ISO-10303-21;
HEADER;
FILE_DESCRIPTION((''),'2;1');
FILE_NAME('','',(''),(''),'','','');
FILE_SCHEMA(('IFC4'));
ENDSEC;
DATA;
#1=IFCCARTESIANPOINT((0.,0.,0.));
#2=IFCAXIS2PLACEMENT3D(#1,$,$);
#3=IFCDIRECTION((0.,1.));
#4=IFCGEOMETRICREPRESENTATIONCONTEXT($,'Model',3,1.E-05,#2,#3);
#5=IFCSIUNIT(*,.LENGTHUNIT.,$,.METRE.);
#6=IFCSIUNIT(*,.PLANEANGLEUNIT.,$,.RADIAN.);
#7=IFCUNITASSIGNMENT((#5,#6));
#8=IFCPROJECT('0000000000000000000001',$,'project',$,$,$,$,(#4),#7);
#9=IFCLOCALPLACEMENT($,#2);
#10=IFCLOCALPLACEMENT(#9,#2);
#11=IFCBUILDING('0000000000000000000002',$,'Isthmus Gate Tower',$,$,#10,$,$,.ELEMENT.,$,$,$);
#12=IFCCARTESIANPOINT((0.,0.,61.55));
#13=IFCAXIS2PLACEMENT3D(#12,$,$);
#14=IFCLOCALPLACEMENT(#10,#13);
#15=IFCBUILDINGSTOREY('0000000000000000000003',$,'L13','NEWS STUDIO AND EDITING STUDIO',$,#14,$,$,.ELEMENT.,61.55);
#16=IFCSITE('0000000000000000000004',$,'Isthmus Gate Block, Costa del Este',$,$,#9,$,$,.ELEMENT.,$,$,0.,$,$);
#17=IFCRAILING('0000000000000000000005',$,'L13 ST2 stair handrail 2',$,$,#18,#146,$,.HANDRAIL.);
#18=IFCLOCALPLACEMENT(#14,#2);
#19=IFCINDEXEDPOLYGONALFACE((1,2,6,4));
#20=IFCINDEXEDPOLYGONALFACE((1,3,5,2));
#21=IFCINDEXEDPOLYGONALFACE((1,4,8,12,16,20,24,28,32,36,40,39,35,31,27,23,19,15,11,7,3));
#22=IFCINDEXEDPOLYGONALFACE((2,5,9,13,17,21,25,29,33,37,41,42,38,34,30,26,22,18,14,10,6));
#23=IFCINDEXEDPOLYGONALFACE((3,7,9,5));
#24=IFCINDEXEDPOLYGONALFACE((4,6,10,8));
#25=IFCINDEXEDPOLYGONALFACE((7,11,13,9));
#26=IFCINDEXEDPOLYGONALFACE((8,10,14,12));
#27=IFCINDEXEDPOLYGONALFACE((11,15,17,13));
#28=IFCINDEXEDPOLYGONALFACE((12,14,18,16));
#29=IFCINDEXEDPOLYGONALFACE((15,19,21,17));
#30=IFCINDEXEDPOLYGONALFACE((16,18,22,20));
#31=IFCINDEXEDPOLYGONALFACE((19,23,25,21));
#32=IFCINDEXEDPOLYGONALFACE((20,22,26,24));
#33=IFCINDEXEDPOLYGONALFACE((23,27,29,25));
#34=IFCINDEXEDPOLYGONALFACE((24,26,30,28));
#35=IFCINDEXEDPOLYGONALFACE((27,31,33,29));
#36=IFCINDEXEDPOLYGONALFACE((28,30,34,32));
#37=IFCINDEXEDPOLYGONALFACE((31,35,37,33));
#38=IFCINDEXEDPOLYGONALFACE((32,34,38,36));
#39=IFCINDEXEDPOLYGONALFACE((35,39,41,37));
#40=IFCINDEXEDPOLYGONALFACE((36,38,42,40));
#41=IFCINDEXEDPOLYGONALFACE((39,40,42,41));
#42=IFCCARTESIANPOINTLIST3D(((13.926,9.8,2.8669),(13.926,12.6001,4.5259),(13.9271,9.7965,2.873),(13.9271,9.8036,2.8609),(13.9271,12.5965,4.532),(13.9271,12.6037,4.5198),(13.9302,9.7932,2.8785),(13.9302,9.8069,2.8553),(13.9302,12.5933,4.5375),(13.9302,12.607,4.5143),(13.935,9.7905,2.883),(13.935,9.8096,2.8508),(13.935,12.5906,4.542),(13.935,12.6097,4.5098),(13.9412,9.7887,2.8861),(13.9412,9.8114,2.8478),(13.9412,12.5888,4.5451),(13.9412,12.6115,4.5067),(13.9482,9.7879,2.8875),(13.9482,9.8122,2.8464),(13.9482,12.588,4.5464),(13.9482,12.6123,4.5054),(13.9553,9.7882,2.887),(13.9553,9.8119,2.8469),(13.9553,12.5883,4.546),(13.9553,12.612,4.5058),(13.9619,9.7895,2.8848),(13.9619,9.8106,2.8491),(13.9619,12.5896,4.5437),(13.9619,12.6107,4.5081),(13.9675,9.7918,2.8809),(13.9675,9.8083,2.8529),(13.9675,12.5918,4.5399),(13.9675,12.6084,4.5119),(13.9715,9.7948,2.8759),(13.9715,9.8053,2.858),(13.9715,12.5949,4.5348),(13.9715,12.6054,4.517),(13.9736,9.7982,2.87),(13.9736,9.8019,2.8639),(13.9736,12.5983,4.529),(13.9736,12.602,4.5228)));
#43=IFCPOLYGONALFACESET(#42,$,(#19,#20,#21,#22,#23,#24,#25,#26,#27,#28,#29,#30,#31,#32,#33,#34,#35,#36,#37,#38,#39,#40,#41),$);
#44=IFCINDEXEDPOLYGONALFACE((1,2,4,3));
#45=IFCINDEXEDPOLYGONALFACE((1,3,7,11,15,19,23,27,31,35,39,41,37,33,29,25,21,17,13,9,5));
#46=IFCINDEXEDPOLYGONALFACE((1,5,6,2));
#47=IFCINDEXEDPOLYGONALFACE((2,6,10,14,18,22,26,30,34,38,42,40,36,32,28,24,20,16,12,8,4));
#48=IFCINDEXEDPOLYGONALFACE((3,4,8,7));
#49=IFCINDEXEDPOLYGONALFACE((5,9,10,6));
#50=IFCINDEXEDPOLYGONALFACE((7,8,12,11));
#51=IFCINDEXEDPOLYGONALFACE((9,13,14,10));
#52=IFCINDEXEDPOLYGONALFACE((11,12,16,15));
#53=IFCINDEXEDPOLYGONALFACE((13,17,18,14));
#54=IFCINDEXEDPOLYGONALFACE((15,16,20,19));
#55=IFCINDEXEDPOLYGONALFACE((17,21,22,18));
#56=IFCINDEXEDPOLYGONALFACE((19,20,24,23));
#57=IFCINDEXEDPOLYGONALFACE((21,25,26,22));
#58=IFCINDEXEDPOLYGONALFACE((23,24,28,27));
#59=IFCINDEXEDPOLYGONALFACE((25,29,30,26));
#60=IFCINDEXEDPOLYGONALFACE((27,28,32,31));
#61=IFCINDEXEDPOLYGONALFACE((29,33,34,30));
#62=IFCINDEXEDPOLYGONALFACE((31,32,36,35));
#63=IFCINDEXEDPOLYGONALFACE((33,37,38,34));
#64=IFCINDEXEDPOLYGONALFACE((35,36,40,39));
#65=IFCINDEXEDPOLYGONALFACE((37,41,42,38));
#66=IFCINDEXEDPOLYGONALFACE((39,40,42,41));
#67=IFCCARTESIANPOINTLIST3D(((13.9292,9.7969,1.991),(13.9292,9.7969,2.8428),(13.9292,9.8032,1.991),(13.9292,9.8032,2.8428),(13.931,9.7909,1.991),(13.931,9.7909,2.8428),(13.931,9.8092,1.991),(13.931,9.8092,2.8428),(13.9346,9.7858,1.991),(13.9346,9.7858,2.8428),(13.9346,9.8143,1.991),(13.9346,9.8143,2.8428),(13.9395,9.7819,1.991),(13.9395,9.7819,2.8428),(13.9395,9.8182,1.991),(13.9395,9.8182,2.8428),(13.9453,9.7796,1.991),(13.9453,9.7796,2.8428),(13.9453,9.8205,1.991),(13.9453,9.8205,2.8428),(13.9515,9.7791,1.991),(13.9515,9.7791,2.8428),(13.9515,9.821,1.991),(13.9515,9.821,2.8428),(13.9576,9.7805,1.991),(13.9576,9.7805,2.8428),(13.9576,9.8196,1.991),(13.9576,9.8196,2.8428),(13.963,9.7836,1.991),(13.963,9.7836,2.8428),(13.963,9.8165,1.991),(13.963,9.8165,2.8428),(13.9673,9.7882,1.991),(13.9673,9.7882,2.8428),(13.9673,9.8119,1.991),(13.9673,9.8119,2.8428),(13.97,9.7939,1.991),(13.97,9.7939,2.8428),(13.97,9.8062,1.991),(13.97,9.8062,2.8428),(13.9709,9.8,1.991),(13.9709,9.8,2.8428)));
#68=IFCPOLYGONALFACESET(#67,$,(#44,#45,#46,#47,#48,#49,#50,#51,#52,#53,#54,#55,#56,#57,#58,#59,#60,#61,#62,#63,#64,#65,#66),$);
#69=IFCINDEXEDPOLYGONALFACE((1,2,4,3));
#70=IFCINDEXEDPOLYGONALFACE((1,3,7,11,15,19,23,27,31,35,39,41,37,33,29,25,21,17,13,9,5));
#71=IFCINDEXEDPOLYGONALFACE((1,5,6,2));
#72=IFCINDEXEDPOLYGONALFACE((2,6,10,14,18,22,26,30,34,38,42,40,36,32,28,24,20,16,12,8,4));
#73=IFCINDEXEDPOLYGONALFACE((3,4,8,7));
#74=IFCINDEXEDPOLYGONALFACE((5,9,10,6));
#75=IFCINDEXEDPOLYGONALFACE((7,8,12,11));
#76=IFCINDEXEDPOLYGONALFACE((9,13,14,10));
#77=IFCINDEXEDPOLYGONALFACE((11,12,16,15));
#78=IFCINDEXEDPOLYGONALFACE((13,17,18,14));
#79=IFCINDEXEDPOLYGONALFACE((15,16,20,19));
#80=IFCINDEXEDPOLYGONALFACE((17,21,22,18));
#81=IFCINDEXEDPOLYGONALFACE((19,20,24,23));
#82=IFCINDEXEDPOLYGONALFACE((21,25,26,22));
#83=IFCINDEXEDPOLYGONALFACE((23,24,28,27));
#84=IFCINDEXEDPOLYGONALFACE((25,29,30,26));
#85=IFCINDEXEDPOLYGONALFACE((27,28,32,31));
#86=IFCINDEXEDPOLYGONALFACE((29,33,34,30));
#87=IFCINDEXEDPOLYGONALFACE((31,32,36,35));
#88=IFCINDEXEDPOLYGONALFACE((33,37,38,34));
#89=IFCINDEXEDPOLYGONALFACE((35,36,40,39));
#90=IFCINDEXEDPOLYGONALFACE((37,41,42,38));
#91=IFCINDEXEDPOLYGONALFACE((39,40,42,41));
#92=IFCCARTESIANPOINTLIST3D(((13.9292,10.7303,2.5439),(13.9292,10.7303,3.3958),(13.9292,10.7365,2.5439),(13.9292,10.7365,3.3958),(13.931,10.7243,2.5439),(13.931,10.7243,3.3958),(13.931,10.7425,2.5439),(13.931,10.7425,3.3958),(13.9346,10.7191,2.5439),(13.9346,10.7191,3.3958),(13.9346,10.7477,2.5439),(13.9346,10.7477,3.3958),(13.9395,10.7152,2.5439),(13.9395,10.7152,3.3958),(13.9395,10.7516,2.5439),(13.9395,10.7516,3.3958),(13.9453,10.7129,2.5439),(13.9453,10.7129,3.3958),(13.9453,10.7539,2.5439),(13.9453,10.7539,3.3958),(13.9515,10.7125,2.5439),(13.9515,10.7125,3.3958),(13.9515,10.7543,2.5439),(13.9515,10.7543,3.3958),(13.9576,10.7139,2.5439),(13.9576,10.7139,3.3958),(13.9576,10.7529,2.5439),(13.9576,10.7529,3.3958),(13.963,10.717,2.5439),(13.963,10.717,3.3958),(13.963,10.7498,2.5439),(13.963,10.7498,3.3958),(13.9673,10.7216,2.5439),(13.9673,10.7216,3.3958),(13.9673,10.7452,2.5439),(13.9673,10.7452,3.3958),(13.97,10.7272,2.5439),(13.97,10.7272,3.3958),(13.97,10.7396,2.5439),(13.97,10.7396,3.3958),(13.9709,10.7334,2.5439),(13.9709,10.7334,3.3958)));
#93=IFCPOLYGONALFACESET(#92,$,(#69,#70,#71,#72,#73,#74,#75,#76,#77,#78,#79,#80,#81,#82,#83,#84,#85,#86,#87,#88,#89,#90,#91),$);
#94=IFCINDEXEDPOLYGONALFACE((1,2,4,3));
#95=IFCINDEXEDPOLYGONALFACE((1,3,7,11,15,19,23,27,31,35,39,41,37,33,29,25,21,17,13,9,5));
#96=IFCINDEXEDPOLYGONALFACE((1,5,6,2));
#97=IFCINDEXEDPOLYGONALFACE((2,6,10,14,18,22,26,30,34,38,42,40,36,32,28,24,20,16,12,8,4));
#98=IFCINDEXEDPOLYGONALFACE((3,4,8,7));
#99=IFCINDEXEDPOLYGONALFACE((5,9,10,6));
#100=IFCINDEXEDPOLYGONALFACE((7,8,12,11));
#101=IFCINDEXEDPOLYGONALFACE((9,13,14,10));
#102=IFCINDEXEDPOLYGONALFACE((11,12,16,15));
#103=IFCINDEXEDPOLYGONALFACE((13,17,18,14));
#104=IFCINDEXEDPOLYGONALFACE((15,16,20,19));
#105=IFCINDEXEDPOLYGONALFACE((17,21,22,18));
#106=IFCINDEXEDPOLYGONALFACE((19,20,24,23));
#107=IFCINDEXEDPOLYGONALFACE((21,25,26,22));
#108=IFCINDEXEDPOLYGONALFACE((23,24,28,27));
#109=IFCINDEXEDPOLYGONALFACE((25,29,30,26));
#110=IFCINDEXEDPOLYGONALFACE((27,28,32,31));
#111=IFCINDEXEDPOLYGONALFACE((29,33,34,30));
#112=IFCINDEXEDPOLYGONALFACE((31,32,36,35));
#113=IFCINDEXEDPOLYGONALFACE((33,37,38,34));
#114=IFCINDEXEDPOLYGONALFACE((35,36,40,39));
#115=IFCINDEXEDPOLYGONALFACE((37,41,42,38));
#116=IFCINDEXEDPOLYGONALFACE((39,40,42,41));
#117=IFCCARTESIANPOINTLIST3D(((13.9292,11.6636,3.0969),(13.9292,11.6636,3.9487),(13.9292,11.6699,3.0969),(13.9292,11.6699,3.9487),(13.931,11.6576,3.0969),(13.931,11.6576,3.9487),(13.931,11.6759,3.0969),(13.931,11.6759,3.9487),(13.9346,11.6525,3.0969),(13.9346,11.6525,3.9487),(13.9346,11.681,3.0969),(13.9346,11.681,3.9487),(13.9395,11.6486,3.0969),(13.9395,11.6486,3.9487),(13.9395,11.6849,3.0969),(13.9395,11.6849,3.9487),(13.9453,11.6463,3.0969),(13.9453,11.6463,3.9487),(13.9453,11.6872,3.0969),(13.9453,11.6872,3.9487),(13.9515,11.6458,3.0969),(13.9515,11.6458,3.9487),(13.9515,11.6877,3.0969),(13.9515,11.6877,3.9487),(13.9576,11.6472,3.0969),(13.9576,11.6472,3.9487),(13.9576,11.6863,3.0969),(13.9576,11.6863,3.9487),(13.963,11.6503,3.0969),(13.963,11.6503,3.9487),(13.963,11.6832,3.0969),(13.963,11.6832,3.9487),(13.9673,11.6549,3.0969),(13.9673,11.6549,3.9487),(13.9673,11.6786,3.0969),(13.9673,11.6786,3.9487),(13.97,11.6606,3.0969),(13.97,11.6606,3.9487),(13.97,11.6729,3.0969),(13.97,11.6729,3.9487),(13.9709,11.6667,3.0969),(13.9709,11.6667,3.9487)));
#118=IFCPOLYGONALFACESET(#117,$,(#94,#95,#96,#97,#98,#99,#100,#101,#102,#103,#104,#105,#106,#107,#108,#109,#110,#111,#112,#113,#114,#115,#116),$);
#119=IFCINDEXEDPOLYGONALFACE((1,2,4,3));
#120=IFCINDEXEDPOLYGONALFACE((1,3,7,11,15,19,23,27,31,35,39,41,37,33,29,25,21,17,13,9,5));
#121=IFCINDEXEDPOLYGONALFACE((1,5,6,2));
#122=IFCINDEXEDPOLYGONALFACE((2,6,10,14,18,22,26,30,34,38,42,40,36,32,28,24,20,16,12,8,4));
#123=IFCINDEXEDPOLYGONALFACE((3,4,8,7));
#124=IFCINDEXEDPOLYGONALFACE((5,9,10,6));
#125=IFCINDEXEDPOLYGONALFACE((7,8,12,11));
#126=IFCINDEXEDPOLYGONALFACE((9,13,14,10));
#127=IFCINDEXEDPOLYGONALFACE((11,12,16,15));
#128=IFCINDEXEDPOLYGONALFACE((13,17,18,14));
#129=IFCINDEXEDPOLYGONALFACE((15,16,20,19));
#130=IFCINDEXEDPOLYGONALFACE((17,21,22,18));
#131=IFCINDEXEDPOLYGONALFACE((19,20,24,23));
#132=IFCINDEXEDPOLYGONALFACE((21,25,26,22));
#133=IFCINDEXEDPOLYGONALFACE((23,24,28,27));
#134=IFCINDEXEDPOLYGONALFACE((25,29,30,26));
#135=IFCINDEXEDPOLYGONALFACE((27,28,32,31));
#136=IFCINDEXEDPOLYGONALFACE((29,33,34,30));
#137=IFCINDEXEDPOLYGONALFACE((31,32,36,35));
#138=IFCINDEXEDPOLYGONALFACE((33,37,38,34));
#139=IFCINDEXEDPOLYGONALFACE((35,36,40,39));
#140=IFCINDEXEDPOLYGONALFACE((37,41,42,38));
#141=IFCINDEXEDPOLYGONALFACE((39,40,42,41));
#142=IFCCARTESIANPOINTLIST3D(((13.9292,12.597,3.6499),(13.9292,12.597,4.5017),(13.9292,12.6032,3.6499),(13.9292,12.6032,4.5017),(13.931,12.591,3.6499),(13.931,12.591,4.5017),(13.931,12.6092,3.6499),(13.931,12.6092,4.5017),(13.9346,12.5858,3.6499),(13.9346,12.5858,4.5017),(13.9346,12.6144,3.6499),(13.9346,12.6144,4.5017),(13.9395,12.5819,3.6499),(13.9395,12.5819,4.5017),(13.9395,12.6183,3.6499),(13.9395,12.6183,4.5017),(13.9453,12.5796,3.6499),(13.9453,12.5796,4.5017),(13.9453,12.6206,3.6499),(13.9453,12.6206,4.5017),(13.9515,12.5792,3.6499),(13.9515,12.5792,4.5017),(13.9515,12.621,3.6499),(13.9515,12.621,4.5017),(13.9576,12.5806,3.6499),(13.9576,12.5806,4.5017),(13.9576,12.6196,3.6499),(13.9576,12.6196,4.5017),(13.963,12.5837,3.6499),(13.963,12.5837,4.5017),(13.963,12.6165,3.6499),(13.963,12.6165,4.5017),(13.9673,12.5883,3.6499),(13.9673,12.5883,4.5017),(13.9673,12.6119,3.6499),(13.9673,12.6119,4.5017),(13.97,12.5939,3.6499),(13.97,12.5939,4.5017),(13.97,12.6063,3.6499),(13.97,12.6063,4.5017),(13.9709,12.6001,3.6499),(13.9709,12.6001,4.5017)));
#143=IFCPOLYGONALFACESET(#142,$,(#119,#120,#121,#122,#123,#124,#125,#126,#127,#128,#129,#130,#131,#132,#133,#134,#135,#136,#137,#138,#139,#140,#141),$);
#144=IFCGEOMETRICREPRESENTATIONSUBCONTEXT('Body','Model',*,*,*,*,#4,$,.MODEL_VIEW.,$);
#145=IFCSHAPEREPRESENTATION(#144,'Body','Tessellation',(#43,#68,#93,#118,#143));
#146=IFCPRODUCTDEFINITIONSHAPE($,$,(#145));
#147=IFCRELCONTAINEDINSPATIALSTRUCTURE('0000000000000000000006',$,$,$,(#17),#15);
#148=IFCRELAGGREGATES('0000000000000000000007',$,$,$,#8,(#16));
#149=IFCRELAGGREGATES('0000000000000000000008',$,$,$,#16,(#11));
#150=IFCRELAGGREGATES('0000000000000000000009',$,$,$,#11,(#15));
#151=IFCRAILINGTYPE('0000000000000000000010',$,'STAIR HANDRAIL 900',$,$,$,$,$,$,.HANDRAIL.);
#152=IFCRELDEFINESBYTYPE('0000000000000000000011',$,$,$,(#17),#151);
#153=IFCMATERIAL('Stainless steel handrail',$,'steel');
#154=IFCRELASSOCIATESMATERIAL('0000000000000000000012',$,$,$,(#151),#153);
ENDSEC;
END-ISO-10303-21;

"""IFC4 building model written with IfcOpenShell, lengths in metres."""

from ifc_helpers import new_model, si_unit, direction, frame, origin, origin_2d, place, context, subcontext, project, spatial, circle, extrude, material, type_object, element, save


model = new_model("IFC4")

# Units and contexts
model_context = context("Model", 3, precision=1e-05, world=origin(), true_north=direction((0.0, 1.0)))
body_context = subcontext(model_context, "Body", "Model", "MODEL_VIEW")
ifc_project = project(units=[si_unit("LENGTHUNIT", "METRE"), si_unit("PLANEANGLEUNIT", "RADIAN")], contexts=[model_context])

# Site, building, storey
site_placement = place(None, origin())
site = spatial("IfcSite", under=ifc_project, at=site_placement, Name="Isthmus Gate Block, Costa del Este", CompositionType="ELEMENT", RefElevation=0.0)
building_placement = place(site_placement, origin())
building = spatial("IfcBuilding", under=site, at=building_placement, Name="Isthmus Gate Tower", CompositionType="ELEMENT")
storey_placement = place(building_placement, frame((0.0, 0.0, 61.55)))
storey = spatial("IfcBuildingStorey", under=building, at=storey_placement, Name="L13", Description="NEWS STUDIO AND EDITING STUDIO", CompositionType="ELEMENT", Elevation=61.55)

# Railing
ifc_material_1 = material(Name="Stainless steel handrail", Category="steel")
railing_type = type_object("IfcRailingType", Name="STAIR HANDRAIL 900", PredefinedType="HANDRAIL", material=ifc_material_1)
railing_1_placement = place(storey_placement, frame((13.95, 9.8, 1.991)))
element("IfcRailing", 1, at=railing_1_placement, inside=storey, type_object=railing_type, Name="L13 ST2 stair handrail 2", PredefinedType="HANDRAIL", context=body_context, shape_type="SweptSolid", body=[
    extrude(circle(Radius=0.0239, at=origin_2d()), frame((0.0, 0.0, 0.876), z_axis=(0.0, 0.860339, 0.509722), x_axis=(-1.0, 0.0, 0.0)), (0.0, 0.0, 1.0), 3.2546),
    extrude(circle(Radius=0.021, at=origin_2d()), origin(), (0.0, 0.0, 1.0), 0.8518),
    extrude(circle(Radius=0.021, at=origin_2d()), frame((0.0, 0.9333, 0.553)), (0.0, 0.0, 1.0), 0.8518),
    extrude(circle(Radius=0.021, at=origin_2d()), frame((0.0, 1.8667, 1.106)), (0.0, 0.0, 1.0), 0.8518),
    extrude(circle(Radius=0.021, at=origin_2d()), frame((0.0, 2.8, 1.6589)), (0.0, 0.0, 1.0), 0.8518),
])

save(model, "model.ifc")
